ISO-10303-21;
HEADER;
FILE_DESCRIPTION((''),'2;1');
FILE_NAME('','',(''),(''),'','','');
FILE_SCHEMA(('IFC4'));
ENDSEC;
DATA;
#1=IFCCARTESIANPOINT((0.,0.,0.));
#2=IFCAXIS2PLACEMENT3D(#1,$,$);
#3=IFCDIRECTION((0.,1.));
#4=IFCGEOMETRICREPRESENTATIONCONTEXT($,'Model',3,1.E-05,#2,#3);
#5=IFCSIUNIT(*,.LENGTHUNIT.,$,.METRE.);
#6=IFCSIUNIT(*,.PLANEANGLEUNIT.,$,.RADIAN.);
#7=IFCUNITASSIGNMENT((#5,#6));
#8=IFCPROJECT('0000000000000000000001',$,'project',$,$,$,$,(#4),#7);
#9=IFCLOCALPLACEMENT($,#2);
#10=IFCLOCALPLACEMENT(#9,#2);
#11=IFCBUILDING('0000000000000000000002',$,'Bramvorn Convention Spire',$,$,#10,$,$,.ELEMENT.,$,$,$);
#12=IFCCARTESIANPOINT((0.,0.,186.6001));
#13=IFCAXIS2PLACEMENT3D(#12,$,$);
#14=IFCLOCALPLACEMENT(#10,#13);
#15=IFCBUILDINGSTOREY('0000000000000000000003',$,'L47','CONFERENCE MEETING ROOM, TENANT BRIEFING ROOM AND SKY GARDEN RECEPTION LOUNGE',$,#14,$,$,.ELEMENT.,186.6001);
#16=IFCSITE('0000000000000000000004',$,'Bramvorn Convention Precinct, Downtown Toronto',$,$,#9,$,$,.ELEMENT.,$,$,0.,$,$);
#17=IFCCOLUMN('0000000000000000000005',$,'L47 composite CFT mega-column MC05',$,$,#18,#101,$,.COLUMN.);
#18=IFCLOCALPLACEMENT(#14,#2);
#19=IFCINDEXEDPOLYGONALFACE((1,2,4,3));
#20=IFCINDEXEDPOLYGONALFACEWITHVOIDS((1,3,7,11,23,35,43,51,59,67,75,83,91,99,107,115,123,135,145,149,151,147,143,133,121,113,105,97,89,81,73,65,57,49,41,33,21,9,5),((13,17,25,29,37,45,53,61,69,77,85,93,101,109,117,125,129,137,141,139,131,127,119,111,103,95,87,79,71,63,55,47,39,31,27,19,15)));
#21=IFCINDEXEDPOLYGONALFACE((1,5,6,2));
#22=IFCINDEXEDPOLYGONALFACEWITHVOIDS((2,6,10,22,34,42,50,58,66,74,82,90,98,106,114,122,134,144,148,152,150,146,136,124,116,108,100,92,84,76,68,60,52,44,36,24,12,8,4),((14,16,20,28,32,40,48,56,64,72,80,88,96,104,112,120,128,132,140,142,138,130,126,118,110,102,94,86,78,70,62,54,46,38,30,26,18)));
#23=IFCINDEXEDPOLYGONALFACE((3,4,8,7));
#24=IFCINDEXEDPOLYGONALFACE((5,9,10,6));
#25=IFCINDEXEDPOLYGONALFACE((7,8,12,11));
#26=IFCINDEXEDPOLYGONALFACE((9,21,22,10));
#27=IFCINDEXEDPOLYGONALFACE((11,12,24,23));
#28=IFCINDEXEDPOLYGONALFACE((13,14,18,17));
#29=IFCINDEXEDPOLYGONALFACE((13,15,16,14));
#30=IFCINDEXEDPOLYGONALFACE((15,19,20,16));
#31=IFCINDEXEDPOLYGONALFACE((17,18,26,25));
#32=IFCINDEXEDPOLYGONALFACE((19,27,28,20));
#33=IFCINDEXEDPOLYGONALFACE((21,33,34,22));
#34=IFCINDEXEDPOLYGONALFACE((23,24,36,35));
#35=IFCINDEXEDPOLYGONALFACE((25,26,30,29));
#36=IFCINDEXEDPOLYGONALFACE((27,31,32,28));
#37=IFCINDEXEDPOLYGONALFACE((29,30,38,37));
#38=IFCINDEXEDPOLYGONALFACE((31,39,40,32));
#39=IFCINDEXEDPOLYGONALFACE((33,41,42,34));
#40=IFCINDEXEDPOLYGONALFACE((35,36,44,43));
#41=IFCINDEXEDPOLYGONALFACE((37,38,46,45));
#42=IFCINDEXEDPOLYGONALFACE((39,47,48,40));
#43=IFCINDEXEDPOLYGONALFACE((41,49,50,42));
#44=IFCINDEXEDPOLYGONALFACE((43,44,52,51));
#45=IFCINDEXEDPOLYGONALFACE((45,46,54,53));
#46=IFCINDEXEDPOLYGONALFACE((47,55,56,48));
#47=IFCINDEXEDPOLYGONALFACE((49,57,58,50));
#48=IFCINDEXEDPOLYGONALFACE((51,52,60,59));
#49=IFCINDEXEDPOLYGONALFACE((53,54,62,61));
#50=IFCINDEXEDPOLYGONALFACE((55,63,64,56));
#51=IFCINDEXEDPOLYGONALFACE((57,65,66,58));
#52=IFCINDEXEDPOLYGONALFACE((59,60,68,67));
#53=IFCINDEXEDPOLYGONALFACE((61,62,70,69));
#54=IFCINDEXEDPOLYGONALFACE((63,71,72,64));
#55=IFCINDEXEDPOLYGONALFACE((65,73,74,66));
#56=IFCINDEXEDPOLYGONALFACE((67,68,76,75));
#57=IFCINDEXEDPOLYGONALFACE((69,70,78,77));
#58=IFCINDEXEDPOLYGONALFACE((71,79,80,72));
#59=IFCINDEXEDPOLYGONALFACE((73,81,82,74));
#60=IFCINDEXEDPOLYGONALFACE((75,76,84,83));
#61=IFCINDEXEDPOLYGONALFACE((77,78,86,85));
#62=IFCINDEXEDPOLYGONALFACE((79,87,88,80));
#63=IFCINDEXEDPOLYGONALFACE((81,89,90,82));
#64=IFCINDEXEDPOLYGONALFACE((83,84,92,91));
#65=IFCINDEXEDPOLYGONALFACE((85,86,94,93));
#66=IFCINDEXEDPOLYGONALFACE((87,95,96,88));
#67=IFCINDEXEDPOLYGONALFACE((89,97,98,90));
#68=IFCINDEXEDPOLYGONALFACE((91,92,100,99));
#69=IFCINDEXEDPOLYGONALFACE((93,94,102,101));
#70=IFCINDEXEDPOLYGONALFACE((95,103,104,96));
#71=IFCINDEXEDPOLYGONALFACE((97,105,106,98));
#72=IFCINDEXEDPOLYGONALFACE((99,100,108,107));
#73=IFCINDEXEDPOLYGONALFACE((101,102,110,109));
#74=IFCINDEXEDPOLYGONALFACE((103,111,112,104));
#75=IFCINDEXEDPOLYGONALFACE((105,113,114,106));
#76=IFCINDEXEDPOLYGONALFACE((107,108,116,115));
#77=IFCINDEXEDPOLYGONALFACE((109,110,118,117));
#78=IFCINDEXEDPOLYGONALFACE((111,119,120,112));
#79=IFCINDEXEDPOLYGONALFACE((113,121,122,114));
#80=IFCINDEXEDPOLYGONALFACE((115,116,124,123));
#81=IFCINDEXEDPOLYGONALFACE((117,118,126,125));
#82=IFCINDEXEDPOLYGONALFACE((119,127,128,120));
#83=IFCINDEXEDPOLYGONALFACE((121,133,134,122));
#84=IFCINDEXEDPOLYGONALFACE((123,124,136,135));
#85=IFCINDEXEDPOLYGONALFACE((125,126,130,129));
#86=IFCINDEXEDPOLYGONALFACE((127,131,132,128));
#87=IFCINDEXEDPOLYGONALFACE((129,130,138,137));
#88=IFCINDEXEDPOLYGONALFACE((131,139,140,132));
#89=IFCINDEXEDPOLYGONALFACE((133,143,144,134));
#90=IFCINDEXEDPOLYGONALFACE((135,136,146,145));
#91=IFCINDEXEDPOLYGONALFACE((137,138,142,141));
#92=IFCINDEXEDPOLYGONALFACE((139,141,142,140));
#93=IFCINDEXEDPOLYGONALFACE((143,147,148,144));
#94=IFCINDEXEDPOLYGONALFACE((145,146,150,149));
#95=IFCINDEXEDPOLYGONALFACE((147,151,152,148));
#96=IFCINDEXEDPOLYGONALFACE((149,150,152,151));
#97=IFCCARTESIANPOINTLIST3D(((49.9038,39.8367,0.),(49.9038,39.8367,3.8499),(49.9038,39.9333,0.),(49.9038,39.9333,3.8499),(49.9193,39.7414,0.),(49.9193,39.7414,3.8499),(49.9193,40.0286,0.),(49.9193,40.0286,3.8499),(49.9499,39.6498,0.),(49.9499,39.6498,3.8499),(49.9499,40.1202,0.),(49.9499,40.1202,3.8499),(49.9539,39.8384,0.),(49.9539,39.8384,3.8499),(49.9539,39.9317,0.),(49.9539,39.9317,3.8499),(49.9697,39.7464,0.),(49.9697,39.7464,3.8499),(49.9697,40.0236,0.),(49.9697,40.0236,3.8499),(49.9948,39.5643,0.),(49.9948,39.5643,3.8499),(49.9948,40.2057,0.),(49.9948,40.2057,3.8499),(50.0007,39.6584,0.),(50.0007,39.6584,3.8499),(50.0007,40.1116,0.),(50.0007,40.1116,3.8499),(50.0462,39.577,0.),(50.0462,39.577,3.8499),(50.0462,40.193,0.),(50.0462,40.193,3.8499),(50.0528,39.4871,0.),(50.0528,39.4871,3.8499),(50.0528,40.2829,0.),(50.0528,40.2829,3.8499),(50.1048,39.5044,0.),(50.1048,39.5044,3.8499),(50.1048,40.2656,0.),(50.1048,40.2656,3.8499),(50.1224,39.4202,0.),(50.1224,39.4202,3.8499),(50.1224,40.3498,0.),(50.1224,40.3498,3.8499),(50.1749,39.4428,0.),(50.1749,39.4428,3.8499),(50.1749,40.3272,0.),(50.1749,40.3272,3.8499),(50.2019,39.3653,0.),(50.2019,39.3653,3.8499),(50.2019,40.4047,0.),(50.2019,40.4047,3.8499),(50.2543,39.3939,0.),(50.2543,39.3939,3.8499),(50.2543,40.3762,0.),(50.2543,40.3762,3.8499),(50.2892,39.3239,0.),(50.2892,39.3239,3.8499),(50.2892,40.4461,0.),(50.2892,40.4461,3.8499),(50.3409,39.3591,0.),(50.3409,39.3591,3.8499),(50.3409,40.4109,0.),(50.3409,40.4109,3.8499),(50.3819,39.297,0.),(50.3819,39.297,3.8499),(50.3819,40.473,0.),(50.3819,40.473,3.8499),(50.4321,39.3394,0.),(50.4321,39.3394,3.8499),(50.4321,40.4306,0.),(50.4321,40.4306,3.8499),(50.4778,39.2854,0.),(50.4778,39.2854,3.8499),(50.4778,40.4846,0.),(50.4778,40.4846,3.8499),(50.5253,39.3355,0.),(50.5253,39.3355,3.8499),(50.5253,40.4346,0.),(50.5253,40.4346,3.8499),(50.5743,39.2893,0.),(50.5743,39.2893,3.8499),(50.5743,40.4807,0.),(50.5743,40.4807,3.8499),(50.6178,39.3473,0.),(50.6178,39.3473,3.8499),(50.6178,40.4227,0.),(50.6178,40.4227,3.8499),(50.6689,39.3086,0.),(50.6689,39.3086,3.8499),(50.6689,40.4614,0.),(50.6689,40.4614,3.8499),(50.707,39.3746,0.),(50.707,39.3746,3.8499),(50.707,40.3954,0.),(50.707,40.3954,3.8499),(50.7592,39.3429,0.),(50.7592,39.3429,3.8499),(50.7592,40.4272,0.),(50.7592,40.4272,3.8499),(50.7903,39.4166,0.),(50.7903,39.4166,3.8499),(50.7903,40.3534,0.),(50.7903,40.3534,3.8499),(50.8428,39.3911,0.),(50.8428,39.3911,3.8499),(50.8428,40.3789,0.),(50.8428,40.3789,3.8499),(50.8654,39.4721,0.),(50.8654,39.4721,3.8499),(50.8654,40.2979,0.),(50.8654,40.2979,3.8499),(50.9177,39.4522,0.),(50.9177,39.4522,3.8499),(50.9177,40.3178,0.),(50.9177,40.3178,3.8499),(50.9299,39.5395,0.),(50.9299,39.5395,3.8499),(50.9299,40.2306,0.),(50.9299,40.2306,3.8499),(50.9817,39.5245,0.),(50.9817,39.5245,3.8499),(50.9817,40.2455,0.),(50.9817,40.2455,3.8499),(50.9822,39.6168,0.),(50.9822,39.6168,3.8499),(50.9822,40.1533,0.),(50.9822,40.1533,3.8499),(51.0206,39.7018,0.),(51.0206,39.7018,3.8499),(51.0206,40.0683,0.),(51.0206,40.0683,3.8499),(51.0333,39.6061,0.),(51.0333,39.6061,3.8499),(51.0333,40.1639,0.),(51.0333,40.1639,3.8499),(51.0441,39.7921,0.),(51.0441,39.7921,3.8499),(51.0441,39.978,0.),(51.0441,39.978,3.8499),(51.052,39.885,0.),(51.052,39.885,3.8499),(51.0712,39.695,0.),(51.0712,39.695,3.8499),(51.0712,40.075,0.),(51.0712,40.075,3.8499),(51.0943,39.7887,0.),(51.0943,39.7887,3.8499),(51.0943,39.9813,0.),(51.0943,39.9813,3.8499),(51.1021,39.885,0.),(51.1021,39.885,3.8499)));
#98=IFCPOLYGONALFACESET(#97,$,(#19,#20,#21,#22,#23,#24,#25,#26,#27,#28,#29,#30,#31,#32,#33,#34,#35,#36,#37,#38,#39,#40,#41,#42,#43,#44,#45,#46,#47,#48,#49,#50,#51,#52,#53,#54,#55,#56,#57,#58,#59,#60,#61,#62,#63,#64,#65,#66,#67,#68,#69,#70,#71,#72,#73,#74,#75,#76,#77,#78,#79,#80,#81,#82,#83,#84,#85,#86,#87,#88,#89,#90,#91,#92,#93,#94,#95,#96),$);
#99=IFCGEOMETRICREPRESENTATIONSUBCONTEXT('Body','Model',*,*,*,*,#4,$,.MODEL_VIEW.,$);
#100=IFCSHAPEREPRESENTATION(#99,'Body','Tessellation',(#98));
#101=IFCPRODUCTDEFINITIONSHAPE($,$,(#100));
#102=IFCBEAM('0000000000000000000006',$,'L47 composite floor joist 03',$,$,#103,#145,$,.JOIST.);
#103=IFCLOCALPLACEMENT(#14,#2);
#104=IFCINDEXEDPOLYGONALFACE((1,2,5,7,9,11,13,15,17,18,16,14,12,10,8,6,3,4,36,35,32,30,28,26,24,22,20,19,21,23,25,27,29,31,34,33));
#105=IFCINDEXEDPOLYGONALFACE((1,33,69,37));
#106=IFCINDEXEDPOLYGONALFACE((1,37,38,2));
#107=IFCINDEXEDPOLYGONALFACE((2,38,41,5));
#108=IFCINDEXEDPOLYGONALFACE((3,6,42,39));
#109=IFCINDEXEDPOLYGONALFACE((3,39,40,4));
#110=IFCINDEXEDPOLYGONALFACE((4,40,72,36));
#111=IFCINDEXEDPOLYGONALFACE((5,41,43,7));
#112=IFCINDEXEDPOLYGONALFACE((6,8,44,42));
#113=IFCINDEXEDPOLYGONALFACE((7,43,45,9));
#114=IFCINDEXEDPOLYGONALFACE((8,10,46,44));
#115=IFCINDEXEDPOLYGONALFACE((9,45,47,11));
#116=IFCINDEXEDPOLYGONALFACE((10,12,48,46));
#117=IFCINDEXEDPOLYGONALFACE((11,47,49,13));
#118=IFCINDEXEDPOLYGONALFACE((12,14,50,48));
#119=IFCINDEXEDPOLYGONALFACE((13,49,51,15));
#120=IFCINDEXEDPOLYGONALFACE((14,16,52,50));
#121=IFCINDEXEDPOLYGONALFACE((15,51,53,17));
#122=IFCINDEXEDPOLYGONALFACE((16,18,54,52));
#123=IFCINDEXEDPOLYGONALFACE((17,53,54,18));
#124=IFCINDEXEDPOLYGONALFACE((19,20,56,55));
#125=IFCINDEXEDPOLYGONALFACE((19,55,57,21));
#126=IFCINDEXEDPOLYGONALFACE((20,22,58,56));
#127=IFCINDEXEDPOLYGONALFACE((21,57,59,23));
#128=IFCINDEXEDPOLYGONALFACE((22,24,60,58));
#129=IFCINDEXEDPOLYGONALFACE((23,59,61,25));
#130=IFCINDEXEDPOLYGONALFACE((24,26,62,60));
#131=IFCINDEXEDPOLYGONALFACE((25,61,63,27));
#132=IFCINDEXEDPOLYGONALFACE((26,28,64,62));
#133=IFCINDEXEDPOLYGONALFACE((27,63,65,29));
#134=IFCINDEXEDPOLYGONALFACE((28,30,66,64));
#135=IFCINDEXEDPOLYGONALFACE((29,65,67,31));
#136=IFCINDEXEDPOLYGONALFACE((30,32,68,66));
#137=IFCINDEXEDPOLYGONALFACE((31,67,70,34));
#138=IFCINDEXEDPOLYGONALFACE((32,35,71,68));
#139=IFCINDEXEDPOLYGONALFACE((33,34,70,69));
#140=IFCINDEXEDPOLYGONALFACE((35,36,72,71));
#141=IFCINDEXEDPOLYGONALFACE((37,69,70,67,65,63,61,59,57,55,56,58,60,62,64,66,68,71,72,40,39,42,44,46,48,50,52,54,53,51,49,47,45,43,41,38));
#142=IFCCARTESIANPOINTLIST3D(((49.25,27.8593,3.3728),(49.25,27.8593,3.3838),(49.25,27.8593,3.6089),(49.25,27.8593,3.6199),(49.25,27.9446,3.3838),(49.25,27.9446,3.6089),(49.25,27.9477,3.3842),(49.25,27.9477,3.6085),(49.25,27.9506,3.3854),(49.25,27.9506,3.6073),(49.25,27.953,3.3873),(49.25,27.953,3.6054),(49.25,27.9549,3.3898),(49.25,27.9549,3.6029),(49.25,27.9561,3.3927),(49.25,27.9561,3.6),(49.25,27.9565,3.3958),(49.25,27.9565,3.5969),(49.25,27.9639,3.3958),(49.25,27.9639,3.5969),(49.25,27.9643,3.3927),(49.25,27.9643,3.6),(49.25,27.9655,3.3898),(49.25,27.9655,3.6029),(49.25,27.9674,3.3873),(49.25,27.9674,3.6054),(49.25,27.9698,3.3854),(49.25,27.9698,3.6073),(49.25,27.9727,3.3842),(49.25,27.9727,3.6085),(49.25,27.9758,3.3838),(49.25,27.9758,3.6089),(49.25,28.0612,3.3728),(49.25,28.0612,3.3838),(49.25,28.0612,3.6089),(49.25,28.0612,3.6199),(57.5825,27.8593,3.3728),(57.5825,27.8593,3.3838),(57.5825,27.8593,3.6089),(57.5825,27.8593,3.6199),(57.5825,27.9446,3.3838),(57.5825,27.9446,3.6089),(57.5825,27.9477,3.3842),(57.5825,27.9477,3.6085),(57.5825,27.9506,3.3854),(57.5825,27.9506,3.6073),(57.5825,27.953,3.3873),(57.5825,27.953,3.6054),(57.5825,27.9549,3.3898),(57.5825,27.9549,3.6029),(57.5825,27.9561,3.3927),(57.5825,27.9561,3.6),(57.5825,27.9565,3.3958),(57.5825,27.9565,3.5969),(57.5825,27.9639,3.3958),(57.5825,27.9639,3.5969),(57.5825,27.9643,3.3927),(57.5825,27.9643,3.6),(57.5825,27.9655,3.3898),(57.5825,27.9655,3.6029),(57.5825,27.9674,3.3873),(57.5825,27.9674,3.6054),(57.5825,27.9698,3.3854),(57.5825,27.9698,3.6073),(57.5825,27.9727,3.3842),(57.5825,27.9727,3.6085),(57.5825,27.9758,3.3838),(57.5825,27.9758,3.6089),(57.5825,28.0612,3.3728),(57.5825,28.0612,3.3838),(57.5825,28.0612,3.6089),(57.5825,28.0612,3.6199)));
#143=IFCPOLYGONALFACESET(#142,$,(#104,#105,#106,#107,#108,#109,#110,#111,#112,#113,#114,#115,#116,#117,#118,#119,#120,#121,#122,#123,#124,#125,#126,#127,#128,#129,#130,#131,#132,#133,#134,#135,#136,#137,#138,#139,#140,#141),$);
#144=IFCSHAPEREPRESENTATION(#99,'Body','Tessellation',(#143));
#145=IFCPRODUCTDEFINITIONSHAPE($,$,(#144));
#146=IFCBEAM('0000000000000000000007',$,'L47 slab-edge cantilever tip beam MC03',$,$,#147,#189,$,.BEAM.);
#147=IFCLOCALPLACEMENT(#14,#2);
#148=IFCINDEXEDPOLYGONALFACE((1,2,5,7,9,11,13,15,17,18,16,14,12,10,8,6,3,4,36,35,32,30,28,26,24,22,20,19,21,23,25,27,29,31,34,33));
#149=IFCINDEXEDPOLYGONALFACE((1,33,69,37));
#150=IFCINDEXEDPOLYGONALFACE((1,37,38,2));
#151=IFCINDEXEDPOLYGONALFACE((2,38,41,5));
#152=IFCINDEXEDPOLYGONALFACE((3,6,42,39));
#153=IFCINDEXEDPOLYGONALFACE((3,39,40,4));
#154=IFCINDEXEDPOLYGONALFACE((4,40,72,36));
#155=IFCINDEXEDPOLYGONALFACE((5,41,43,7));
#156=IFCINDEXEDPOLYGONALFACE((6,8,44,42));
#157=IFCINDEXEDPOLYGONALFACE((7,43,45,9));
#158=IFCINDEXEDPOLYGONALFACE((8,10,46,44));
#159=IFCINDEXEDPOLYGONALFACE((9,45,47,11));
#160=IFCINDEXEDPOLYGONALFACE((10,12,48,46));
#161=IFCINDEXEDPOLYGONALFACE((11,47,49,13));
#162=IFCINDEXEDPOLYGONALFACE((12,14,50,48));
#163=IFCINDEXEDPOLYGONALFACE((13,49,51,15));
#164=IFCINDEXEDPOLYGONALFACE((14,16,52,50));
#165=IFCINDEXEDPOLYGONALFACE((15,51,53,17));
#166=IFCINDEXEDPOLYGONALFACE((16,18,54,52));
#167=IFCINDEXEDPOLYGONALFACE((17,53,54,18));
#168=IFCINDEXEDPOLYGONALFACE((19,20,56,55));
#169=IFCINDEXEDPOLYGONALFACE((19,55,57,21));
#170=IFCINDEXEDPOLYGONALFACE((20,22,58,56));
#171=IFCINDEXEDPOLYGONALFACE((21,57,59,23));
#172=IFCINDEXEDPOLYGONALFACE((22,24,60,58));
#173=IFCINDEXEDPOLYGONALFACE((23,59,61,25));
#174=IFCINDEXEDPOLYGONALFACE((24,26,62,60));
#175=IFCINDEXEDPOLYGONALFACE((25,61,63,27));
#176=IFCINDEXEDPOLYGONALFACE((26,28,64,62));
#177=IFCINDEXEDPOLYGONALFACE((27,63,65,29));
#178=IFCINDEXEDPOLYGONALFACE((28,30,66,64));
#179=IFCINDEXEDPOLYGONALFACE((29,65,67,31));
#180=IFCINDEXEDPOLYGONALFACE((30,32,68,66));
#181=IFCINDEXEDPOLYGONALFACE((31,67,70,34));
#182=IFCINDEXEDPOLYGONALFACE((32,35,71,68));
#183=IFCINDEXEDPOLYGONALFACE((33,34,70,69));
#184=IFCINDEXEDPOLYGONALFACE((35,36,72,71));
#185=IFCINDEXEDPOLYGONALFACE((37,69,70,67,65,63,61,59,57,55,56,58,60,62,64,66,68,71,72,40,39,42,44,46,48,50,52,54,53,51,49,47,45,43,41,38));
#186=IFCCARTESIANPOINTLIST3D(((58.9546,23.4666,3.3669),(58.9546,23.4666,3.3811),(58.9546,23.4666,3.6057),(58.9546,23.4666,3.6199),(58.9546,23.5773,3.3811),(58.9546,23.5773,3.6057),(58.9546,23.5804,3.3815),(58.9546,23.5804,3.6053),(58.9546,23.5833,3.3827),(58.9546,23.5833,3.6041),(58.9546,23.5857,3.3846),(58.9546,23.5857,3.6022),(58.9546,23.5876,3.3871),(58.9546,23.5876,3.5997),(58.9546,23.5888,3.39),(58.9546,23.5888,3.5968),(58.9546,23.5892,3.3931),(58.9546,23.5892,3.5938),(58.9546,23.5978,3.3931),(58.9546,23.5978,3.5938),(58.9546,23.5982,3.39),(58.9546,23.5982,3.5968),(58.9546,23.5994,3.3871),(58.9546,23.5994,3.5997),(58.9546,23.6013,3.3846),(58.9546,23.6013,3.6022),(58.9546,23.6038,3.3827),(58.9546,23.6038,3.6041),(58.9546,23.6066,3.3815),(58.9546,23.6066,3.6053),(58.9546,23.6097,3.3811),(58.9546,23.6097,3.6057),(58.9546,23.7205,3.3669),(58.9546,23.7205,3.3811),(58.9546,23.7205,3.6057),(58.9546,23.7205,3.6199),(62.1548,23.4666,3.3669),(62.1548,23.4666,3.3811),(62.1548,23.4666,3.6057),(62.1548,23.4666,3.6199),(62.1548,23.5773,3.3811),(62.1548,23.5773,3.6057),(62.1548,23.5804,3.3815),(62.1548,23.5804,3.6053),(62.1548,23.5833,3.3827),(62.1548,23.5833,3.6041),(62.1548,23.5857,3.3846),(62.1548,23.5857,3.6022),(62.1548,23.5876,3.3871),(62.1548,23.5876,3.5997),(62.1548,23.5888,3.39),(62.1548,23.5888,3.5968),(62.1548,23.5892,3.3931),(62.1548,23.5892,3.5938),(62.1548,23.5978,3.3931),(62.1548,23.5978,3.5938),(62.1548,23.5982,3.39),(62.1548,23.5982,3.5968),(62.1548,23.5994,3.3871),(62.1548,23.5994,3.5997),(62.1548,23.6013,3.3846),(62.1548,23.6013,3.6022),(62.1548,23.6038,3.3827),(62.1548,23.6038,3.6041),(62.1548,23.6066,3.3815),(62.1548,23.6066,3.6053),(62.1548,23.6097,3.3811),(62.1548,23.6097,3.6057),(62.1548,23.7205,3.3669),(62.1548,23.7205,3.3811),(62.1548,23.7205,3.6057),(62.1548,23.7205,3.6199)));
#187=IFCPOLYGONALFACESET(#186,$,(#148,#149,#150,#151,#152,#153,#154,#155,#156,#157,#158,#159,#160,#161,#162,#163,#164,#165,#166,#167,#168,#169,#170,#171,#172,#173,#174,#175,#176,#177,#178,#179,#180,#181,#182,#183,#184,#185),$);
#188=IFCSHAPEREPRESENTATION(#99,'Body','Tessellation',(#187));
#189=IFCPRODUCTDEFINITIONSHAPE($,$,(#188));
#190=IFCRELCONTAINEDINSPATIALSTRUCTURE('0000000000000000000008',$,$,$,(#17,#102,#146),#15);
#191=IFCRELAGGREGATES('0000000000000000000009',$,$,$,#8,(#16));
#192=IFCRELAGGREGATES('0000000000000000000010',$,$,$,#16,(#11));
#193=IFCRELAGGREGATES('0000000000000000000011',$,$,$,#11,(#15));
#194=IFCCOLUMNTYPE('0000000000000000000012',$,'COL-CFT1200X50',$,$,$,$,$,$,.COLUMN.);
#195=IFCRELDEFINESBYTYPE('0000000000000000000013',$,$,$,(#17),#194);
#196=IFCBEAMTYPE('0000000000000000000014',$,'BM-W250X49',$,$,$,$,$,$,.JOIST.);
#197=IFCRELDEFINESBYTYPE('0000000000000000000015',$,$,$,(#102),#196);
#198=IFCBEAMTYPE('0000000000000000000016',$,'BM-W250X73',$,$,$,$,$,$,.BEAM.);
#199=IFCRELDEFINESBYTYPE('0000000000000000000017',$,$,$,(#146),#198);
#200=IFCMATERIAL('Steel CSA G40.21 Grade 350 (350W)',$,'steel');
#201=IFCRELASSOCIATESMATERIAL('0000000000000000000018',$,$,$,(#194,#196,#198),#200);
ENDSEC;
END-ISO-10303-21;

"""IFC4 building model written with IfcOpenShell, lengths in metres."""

from ifc_helpers import new_model, si_unit, direction, frame, origin, origin_2d, place, context, subcontext, project, spatial, hollow_circle, i_section, extrude, material, material_profile, profile_set, type_object, element, save


model = new_model("IFC4")

# Units and contexts
model_context = context("Model", 3, precision=1e-05, world=origin(), true_north=direction((0.0, 1.0)))
body_context = subcontext(model_context, "Body", "Model", "MODEL_VIEW")
ifc_project = project(units=[si_unit("LENGTHUNIT", "METRE"), si_unit("PLANEANGLEUNIT", "RADIAN")], contexts=[model_context])

# Site, building, storey
site_placement = place(None, origin())
site = spatial("IfcSite", under=ifc_project, at=site_placement, Name="Bramvorn Convention Precinct, Downtown Toronto", CompositionType="ELEMENT", RefElevation=0.0)
building_placement = place(site_placement, origin())
building = spatial("IfcBuilding", under=site, at=building_placement, Name="Bramvorn Convention Spire", CompositionType="ELEMENT")
storey_placement = place(building_placement, frame((0.0, 0.0, 186.6001)))
storey = spatial("IfcBuildingStorey", under=building, at=storey_placement, Name="L47", Description="CONFERENCE MEETING ROOM, TENANT BRIEFING ROOM AND SKY GARDEN RECEPTION LOUNGE", CompositionType="ELEMENT", Elevation=186.6001)

# Column
ifc_material_1 = material(Name="Steel CSA G40.21 Grade 350 (350W)", Category="steel")
ifc_material_profile_1 = material_profile(ifc_material_1, hollow_circle(Radius=0.6001, WallThickness=0.05, at=origin_2d()))
ifc_profile_set_1 = profile_set([ifc_material_profile_1], Name="Steel CSA G40.21 Grade 350 (350W) - CFT1200X50")
column_type = type_object("IfcColumnType", Name="COL-CFT1200X50", PredefinedType="COLUMN", material=ifc_profile_set_1)
for number, where, z_axis, x_axis, name in (
    (1, (50.502, 39.885, 0.0), (0.0, 0.0, 1.0), (1.0, 0.0, 0.0), "L47 composite CFT mega-column MC05"),
):
    element("IfcColumn", number, at=place(storey_placement, frame(where, z_axis=z_axis, x_axis=x_axis)), inside=storey, type_object=column_type, Name=name, PredefinedType="COLUMN", context=body_context, shape_type="SweptSolid", body=[
        extrude(hollow_circle(Radius=0.6001, WallThickness=0.05, at=origin_2d()), origin(), (0.0, 0.0, 1.0), 3.8499),
    ])

# Beams
ifc_material_profile_2 = material_profile(ifc_material_1, i_section(OverallWidth=0.2019, OverallDepth=0.2471, WebThickness=0.0073, FlangeThickness=0.011, FilletRadius=0.012, at=origin_2d()))
ifc_profile_set_2 = profile_set([ifc_material_profile_2], Name="Steel CSA G40.21 Grade 350 (350W) - W250X49")
beam_type_1 = type_object("IfcBeamType", Name="BM-W250X49", PredefinedType="JOIST", material=ifc_profile_set_2)
beam_1_placement = place(storey_placement, frame((49.25, 27.9602, 3.4963), z_axis=(1.0, 0.0, 0.0), x_axis=(0.0, 1.0, 0.0)))
element("IfcBeam", 2, at=beam_1_placement, inside=storey, type_object=beam_type_1, Name="L47 composite floor joist 03", PredefinedType="JOIST", context=body_context, shape_type="SweptSolid", body=[
    extrude(i_section(OverallWidth=0.2019, OverallDepth=0.2471, WebThickness=0.0073, FlangeThickness=0.011, FilletRadius=0.012, at=origin_2d()), origin(), (0.0, 0.0, 1.0), 8.3325),
])
ifc_material_profile_3 = material_profile(ifc_material_1, i_section(OverallWidth=0.2539, OverallDepth=0.2529, WebThickness=0.0085, FlangeThickness=0.0142, FilletRadius=0.012, at=origin_2d()))
ifc_profile_set_3 = profile_set([ifc_material_profile_3], Name="Steel CSA G40.21 Grade 350 (350W) - W250X73")
beam_type_2 = type_object("IfcBeamType", Name="BM-W250X73", PredefinedType="BEAM", material=ifc_profile_set_3)
beam_2_placement = place(storey_placement, frame((58.9546, 23.5935, 3.4934), z_axis=(1.0, 0.0, 0.0), x_axis=(0.0, 1.0, 0.0)))
element("IfcBeam", 3, at=beam_2_placement, inside=storey, type_object=beam_type_2, Name="L47 slab-edge cantilever tip beam MC03", PredefinedType="BEAM", context=body_context, shape_type="SweptSolid", body=[
    extrude(i_section(OverallWidth=0.2539, OverallDepth=0.2529, WebThickness=0.0085, FlangeThickness=0.0142, FilletRadius=0.012, at=origin_2d()), origin(), (0.0, 0.0, 1.0), 3.2002),
])

save(model, "model.ifc")
